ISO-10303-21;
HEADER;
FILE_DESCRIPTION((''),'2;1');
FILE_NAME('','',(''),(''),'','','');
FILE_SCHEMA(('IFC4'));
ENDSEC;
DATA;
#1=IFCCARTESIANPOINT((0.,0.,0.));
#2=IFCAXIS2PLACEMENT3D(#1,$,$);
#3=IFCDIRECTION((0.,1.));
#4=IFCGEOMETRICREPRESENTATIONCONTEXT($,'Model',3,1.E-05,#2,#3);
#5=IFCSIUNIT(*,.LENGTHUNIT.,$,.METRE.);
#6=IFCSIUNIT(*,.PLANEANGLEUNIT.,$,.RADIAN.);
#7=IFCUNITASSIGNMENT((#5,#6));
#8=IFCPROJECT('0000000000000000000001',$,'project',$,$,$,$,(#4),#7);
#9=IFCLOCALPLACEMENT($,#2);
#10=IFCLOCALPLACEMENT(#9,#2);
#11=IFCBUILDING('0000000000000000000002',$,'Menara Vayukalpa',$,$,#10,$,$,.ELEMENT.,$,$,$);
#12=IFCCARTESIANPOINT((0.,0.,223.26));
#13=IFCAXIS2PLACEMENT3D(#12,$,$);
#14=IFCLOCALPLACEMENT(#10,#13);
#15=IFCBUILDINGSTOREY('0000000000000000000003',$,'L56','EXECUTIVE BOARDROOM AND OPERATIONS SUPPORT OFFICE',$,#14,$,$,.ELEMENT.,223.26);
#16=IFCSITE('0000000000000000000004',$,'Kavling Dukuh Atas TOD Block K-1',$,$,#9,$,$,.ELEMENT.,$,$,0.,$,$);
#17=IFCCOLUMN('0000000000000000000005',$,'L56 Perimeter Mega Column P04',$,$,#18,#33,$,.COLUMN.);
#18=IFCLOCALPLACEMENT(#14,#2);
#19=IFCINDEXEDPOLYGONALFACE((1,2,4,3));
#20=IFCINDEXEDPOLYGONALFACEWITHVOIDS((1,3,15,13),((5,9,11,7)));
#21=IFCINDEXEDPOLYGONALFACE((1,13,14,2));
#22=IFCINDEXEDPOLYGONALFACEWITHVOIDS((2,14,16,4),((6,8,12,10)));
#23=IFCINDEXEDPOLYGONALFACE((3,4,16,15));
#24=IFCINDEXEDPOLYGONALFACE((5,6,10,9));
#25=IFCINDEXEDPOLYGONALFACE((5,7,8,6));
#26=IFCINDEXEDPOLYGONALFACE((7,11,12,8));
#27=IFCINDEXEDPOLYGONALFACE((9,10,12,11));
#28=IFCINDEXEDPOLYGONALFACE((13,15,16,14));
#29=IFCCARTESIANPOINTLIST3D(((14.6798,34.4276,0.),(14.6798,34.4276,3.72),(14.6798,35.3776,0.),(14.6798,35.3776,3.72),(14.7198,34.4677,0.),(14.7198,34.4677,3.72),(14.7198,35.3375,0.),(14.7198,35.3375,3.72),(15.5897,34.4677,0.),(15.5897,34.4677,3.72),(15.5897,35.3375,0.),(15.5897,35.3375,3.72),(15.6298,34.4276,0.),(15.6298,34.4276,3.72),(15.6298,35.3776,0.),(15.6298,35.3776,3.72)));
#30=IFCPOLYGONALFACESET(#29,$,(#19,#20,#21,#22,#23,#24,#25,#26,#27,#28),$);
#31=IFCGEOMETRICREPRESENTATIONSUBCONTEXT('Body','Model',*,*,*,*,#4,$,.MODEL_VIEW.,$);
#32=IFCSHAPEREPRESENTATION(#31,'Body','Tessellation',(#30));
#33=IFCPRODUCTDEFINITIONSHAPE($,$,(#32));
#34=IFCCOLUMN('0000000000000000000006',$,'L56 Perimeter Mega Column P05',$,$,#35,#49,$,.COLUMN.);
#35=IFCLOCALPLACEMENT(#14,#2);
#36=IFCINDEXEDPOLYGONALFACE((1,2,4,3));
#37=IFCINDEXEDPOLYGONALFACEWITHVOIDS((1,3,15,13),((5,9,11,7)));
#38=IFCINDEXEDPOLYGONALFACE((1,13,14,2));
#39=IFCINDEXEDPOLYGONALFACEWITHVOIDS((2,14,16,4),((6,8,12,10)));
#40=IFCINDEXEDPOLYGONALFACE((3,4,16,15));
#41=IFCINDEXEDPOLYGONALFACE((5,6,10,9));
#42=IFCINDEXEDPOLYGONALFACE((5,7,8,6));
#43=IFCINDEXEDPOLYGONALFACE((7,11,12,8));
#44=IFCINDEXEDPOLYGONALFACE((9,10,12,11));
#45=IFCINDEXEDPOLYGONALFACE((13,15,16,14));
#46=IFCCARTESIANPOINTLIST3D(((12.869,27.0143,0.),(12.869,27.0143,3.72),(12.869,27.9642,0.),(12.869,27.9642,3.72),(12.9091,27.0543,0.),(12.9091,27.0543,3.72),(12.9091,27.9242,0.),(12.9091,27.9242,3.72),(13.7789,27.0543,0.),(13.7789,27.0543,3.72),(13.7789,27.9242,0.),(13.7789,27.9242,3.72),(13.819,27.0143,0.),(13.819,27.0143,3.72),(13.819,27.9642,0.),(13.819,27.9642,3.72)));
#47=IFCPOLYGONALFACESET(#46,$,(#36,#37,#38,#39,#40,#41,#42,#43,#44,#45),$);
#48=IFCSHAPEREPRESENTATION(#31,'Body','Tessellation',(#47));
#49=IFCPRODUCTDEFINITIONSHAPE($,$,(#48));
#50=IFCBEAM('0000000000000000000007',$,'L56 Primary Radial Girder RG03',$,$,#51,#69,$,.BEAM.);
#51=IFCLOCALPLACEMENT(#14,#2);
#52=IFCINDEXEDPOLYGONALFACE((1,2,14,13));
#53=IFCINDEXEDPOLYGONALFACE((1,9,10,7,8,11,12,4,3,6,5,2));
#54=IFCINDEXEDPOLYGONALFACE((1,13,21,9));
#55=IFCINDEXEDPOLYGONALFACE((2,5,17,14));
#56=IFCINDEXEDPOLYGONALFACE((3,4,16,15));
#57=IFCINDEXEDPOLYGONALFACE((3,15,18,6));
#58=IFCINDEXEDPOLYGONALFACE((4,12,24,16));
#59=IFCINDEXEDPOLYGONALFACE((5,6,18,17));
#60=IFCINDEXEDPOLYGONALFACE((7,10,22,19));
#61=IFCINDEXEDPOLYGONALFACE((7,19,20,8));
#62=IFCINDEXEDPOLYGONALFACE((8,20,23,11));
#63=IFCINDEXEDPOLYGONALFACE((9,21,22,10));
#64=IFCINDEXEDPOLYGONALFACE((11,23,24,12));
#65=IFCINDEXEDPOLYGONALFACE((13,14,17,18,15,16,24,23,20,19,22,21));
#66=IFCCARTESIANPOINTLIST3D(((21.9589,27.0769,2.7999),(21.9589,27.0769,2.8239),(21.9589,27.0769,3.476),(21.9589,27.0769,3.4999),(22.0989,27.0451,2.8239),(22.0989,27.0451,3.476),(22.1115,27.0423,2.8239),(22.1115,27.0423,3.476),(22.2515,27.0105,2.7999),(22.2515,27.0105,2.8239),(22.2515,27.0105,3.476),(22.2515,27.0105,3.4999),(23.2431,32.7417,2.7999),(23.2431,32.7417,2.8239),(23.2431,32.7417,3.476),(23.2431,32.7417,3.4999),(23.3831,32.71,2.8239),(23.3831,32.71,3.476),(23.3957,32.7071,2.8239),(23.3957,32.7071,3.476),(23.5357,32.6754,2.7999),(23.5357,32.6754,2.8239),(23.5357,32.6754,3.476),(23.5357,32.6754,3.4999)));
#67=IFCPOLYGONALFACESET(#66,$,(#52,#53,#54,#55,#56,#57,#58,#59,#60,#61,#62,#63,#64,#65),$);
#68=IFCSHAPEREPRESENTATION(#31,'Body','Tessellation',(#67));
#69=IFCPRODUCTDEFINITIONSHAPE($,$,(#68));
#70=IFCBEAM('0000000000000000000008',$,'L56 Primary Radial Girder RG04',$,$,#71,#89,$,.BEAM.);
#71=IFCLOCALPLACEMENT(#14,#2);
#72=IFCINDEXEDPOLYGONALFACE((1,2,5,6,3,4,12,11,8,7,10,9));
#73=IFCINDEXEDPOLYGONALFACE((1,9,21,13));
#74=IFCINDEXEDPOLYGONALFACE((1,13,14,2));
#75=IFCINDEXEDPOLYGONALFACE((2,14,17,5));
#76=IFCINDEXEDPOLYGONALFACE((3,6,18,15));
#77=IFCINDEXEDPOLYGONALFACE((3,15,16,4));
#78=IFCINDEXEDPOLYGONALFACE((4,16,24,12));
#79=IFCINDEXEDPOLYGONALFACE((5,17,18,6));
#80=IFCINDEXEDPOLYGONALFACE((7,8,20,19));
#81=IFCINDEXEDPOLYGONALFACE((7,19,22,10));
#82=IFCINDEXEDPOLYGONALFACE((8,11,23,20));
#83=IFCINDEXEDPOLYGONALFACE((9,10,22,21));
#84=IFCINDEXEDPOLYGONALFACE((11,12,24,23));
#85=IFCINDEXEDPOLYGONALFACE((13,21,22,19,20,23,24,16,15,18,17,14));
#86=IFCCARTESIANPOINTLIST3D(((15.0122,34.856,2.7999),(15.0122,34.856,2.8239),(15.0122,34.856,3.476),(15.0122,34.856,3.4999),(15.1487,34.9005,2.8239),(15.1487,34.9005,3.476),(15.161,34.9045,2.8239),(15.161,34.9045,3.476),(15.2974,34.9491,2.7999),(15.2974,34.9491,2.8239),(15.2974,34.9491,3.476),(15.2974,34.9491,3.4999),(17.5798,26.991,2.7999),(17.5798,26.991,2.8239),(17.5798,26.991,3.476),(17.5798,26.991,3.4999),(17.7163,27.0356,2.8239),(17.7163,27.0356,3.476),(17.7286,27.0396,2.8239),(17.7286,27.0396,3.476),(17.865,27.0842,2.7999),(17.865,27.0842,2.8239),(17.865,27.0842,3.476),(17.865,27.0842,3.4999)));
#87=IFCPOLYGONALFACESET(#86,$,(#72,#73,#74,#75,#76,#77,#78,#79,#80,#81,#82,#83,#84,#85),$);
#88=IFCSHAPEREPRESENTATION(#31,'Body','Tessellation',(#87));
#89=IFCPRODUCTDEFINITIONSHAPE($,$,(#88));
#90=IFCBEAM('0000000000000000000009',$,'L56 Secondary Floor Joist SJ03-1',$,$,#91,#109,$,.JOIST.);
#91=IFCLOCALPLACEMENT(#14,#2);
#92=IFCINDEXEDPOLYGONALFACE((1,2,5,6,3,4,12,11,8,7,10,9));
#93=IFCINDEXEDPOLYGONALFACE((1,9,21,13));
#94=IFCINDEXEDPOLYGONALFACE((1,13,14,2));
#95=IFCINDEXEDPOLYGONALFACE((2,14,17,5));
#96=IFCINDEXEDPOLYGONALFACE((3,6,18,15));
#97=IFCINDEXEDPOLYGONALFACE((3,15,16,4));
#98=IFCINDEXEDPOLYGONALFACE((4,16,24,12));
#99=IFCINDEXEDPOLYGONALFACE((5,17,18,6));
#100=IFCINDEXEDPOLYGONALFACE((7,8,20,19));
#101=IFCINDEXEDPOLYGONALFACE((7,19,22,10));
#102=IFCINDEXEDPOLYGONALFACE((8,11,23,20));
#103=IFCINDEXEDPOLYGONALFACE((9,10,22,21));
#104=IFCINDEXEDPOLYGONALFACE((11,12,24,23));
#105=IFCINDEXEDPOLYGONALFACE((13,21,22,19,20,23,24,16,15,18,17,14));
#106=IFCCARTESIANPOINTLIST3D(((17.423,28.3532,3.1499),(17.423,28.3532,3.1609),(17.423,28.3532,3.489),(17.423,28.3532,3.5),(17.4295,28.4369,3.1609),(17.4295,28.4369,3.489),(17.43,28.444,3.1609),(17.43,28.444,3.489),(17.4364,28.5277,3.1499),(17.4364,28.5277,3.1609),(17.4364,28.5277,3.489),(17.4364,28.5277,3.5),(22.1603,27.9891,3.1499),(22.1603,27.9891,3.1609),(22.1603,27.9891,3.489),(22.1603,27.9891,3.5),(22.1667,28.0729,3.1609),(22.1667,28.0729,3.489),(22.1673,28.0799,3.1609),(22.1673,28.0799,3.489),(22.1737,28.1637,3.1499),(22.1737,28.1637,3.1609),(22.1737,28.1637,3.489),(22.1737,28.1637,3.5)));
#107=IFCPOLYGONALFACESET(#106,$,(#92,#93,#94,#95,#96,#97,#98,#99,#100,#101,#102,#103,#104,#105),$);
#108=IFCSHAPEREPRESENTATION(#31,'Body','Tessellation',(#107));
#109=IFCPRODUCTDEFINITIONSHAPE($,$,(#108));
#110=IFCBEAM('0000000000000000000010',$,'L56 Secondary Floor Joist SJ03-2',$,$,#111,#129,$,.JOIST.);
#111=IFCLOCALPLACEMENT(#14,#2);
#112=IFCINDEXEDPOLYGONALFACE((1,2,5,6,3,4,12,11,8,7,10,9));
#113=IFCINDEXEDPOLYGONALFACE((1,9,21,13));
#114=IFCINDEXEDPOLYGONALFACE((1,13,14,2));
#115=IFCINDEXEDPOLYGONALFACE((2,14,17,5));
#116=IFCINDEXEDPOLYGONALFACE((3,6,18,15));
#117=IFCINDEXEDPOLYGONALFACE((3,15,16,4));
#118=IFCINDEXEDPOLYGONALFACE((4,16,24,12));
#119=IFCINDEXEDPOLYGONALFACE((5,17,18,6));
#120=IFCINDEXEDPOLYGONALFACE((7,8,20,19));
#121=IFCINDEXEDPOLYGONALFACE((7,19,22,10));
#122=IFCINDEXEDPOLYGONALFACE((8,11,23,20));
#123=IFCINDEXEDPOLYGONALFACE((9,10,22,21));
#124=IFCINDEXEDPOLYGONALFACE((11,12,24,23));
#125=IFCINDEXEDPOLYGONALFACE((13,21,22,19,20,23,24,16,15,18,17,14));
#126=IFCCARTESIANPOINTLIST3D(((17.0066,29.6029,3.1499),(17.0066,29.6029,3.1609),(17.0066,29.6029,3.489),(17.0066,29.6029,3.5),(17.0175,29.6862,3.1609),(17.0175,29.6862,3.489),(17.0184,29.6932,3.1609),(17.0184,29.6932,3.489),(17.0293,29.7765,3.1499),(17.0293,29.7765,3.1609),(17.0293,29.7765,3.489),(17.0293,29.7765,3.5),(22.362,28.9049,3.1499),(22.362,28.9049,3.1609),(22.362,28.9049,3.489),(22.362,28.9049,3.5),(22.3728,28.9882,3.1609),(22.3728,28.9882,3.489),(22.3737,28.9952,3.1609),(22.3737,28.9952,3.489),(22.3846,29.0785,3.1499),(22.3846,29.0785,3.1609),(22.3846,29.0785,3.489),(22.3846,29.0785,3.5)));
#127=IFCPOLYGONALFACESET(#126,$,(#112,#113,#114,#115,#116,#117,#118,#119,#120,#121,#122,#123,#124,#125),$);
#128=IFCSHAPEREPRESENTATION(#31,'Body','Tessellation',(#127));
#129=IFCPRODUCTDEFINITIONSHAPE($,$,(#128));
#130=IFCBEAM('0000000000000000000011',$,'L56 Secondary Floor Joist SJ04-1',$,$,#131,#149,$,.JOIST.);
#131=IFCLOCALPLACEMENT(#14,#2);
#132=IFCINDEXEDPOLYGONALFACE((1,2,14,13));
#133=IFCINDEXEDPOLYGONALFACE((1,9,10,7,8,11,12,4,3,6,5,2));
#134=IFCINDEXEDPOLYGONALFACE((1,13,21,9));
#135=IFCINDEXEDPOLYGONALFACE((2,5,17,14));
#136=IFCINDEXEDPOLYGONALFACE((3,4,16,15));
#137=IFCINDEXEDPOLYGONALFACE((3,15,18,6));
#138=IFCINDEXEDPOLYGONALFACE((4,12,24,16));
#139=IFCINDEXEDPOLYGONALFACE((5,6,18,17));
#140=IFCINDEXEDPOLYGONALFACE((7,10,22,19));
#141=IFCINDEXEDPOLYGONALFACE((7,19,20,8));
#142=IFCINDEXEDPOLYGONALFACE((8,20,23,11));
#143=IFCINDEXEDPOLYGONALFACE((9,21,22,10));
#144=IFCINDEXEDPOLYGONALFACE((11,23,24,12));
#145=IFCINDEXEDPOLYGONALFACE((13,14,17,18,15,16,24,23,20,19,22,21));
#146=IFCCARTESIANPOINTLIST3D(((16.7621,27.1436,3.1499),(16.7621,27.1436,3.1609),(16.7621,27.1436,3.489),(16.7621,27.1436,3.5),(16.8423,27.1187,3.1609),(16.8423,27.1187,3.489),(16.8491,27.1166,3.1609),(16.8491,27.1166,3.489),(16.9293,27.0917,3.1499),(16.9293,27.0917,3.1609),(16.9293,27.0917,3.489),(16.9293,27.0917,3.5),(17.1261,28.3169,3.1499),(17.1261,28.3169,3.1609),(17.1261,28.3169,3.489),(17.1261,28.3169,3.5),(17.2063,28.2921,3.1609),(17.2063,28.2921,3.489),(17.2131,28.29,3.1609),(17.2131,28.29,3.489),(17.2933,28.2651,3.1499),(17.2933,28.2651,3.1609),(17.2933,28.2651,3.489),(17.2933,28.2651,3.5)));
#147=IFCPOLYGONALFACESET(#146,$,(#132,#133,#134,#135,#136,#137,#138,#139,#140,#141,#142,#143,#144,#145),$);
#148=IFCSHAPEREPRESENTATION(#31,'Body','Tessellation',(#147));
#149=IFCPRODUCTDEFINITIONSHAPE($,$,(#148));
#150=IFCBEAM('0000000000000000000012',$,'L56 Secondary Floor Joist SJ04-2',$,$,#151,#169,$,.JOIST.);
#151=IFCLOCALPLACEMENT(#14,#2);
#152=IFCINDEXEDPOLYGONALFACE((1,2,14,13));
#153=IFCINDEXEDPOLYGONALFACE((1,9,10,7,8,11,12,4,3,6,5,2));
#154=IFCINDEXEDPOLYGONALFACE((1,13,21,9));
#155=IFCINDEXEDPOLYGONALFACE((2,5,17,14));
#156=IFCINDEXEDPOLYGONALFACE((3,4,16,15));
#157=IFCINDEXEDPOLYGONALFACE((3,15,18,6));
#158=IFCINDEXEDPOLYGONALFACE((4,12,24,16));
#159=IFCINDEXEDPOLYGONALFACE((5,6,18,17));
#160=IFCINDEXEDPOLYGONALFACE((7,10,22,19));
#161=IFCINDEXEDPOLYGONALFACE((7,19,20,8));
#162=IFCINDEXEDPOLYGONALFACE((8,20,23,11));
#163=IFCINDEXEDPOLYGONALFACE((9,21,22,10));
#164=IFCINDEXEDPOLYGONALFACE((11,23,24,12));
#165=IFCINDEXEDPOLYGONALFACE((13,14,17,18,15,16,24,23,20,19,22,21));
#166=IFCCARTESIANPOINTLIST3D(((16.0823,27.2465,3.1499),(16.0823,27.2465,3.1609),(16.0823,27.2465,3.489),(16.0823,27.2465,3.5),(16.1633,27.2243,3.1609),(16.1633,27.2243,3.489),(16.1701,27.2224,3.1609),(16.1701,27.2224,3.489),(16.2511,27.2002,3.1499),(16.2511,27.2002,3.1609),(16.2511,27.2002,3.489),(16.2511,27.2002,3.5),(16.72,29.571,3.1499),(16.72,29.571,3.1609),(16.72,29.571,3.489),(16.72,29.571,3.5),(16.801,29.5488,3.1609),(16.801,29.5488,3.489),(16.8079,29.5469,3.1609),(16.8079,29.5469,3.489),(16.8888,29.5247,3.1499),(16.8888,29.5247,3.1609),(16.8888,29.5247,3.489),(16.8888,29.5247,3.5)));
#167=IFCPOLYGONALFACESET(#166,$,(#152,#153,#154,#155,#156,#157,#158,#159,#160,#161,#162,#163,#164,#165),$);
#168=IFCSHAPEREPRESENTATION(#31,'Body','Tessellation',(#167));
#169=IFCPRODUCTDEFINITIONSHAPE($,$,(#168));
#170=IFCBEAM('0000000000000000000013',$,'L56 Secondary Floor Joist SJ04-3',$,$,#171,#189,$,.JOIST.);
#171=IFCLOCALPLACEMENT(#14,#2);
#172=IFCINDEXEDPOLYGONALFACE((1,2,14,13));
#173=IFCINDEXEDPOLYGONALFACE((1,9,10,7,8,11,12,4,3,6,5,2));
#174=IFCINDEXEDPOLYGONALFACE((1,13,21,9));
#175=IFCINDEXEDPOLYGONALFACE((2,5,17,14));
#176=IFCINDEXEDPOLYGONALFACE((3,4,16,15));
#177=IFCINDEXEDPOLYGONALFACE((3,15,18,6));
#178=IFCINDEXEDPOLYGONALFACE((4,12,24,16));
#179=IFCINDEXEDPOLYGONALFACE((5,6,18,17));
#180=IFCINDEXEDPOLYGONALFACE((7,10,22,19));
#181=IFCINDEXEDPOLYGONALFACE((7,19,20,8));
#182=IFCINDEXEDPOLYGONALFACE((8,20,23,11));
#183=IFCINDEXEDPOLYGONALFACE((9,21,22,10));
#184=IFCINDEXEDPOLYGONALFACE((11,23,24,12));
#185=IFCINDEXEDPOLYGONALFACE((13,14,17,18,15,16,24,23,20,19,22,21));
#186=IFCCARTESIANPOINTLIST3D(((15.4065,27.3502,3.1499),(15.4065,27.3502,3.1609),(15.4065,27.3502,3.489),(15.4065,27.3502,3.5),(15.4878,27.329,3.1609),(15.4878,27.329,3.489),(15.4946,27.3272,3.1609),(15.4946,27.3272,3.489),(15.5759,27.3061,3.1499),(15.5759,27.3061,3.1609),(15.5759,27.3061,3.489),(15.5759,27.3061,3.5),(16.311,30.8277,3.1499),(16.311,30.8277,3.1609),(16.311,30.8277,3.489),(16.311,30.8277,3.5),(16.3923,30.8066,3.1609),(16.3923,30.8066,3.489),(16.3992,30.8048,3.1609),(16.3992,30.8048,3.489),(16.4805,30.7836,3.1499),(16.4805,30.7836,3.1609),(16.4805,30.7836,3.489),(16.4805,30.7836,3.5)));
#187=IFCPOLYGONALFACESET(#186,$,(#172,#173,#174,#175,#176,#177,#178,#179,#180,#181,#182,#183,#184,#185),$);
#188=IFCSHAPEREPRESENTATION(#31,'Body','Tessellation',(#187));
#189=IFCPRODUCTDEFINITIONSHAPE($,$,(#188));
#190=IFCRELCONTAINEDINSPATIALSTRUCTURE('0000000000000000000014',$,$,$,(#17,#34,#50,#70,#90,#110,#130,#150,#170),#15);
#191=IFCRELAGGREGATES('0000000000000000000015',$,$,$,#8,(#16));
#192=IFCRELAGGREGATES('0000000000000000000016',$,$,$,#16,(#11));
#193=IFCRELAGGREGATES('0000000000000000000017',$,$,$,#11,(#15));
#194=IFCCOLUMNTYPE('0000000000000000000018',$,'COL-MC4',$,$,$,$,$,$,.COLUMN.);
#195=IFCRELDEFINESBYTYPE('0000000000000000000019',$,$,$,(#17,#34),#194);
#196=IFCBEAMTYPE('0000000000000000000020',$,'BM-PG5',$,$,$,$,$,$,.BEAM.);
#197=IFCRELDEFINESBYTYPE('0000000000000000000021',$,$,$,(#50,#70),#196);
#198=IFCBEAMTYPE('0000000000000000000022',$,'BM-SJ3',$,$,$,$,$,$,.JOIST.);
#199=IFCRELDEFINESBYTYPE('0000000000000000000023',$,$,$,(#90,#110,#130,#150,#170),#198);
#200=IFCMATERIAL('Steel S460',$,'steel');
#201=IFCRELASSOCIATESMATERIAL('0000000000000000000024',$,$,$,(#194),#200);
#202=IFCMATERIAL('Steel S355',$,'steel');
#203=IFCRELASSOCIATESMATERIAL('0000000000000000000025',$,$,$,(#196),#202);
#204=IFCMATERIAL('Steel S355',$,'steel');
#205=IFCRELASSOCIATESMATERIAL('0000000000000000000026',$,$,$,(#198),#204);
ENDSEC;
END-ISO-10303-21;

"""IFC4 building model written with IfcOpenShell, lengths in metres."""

from ifc_helpers import new_model, si_unit, direction, frame, origin, origin_2d, place, context, subcontext, project, spatial, hollow_rectangle, i_section, extrude, material, material_profile, profile_set, type_object, element, save


model = new_model("IFC4")

# Units and contexts
model_context = context("Model", 3, precision=1e-05, world=origin(), true_north=direction((0.0, 1.0)))
body_context = subcontext(model_context, "Body", "Model", "MODEL_VIEW")
ifc_project = project(units=[si_unit("LENGTHUNIT", "METRE"), si_unit("PLANEANGLEUNIT", "RADIAN")], contexts=[model_context])

# Site, building, storey
site_placement = place(None, origin())
site = spatial("IfcSite", under=ifc_project, at=site_placement, Name="Kavling Dukuh Atas TOD Block K-1", CompositionType="ELEMENT", RefElevation=0.0)
building_placement = place(site_placement, origin())
building = spatial("IfcBuilding", under=site, at=building_placement, Name="Menara Vayukalpa", CompositionType="ELEMENT")
storey_placement = place(building_placement, frame((0.0, 0.0, 223.26)))
storey = spatial("IfcBuildingStorey", under=building, at=storey_placement, Name="L56", Description="EXECUTIVE BOARDROOM AND OPERATIONS SUPPORT OFFICE", CompositionType="ELEMENT", Elevation=223.26)

# Columns
ifc_material_1 = material(Name="Steel S460", Category="steel")
ifc_material_profile_1 = material_profile(ifc_material_1, hollow_rectangle(XDim=0.95, YDim=0.95, WallThickness=0.04, at=origin_2d()), Name="BOX 950x950x40")
ifc_profile_set_1 = profile_set([ifc_material_profile_1], Name="Steel S460")
column_type = type_object("IfcColumnType", Name="COL-MC4", PredefinedType="COLUMN", material=ifc_profile_set_1)
for number, where, z_axis, x_axis, name in (
    (1, (15.1548, 34.9026, 0.0), (0.0, 0.0, 1.0), (1.0, 0.0, 0.0), "L56 Perimeter Mega Column P04"),
    (2, (13.344, 27.4893, 0.0), (0.0, 0.0, 1.0), (1.0, 0.0, 0.0), "L56 Perimeter Mega Column P05"),
):
    element("IfcColumn", number, at=place(storey_placement, frame(where, z_axis=z_axis, x_axis=x_axis)), inside=storey, type_object=column_type, Name=name, PredefinedType="COLUMN", context=body_context, shape_type="SweptSolid", body=[
        extrude(hollow_rectangle(XDim=0.95, YDim=0.95, WallThickness=0.04, at=origin_2d()), origin(), (0.0, 0.0, 1.0), 3.72),
    ])

# Beams
ifc_material_2 = material(Name="Steel S355", Category="steel")
ifc_material_profile_2 = material_profile(ifc_material_2, i_section(OverallWidth=0.3, OverallDepth=0.7, WebThickness=0.0129, FlangeThickness=0.0239, at=origin_2d()), Name="WF 700x300x13x24")
ifc_profile_set_2 = profile_set([ifc_material_profile_2], Name="Steel S355")
beam_type_1 = type_object("IfcBeamType", Name="BM-PG5", PredefinedType="BEAM", material=ifc_profile_set_2)
beam_1_placement = place(storey_placement, frame((22.1052, 27.0437, 3.1499), z_axis=(0.221085, 0.975255, 0.0), x_axis=(-0.975255, 0.221085, 0.0)))
element("IfcBeam", 3, at=beam_1_placement, inside=storey, type_object=beam_type_1, Name="L56 Primary Radial Girder RG03", PredefinedType="BEAM", context=body_context, shape_type="SweptSolid", body=[
    extrude(i_section(OverallWidth=0.3, OverallDepth=0.7, WebThickness=0.0129, FlangeThickness=0.0239, at=origin_2d()), origin(), (0.0, 0.0, 1.0), 5.8086),
])
beam_2_placement = place(storey_placement, frame((17.7224, 27.0376, 3.1499), z_axis=(-0.310344, 0.950624, 0.0), x_axis=(-0.950624, -0.310344, 0.0)))
element("IfcBeam", 4, at=beam_2_placement, inside=storey, type_object=beam_type_1, Name="L56 Primary Radial Girder RG04", PredefinedType="BEAM", context=body_context, shape_type="SweptSolid", body=[
    extrude(i_section(OverallWidth=0.3, OverallDepth=0.7, WebThickness=0.0129, FlangeThickness=0.0239, at=origin_2d()), origin(), (0.0, 0.0, 1.0), 8.2734),
])
ifc_material_3 = material(Name="Steel S355", Category="steel")
ifc_material_profile_3 = material_profile(ifc_material_3, i_section(OverallWidth=0.175, OverallDepth=0.3501, WebThickness=0.0071, FlangeThickness=0.011, at=origin_2d()), Name="WF 350x175x7x11")
ifc_profile_set_3 = profile_set([ifc_material_profile_3], Name="Steel S355")
beam_type_2 = type_object("IfcBeamType", Name="BM-SJ3", PredefinedType="JOIST", material=ifc_profile_set_3)
beam_3_placement = place(storey_placement, frame((22.167, 28.0764, 3.325), z_axis=(-0.997061, 0.076614, 0.0), x_axis=(-0.076614, -0.997061, 0.0)))
element("IfcBeam", 5, at=beam_3_placement, inside=storey, type_object=beam_type_2, Name="L56 Secondary Floor Joist SJ03-1", PredefinedType="JOIST", context=body_context, shape_type="SweptSolid", body=[
    extrude(i_section(OverallWidth=0.175, OverallDepth=0.3501, WebThickness=0.0071, FlangeThickness=0.011, at=origin_2d()), origin(), (0.0, 0.0, 1.0), 4.7512),
])
beam_4_placement = place(storey_placement, frame((22.3733, 28.9917, 3.325), z_axis=(-0.991613, 0.129246, 0.0), x_axis=(-0.129246, -0.991613, 0.0)))
element("IfcBeam", 6, at=beam_4_placement, inside=storey, type_object=beam_type_2, Name="L56 Secondary Floor Joist SJ03-2", PredefinedType="JOIST", context=body_context, shape_type="SweptSolid", body=[
    extrude(i_section(OverallWidth=0.175, OverallDepth=0.3501, WebThickness=0.0071, FlangeThickness=0.011, at=origin_2d()), origin(), (0.0, 0.0, 1.0), 5.4006),
])
beam_5_placement = place(storey_placement, frame((17.2097, 28.291, 3.325), z_axis=(-0.296305, -0.955093, 0.0), x_axis=(0.955093, -0.296305, 0.0)))
element("IfcBeam", 7, at=beam_5_placement, inside=storey, type_object=beam_type_2, Name="L56 Secondary Floor Joist SJ04-1", PredefinedType="JOIST", context=body_context, shape_type="SweptSolid", body=[
    extrude(i_section(OverallWidth=0.175, OverallDepth=0.3501, WebThickness=0.0071, FlangeThickness=0.011, at=origin_2d()), origin(), (0.0, 0.0, 1.0), 1.2285),
])
beam_6_placement = place(storey_placement, frame((16.8044, 29.5479, 3.325), z_axis=(-0.264566, -0.964368, 0.0), x_axis=(0.964368, -0.264566, 0.0)))
element("IfcBeam", 8, at=beam_6_placement, inside=storey, type_object=beam_type_2, Name="L56 Secondary Floor Joist SJ04-2", PredefinedType="JOIST", context=body_context, shape_type="SweptSolid", body=[
    extrude(i_section(OverallWidth=0.175, OverallDepth=0.3501, WebThickness=0.0071, FlangeThickness=0.011, at=origin_2d()), origin(), (0.0, 0.0, 1.0), 2.4104),
])
beam_7_placement = place(storey_placement, frame((16.3958, 30.8057, 3.325), z_axis=(-0.251733, -0.967797, 0.0), x_axis=(0.967797, -0.251733, 0.0)))
element("IfcBeam", 9, at=beam_7_placement, inside=storey, type_object=beam_type_2, Name="L56 Secondary Floor Joist SJ04-3", PredefinedType="JOIST", context=body_context, shape_type="SweptSolid", body=[
    extrude(i_section(OverallWidth=0.175, OverallDepth=0.3501, WebThickness=0.0071, FlangeThickness=0.011, at=origin_2d()), origin(), (0.0, 0.0, 1.0), 3.5933),
])

save(model, "model.ifc")
